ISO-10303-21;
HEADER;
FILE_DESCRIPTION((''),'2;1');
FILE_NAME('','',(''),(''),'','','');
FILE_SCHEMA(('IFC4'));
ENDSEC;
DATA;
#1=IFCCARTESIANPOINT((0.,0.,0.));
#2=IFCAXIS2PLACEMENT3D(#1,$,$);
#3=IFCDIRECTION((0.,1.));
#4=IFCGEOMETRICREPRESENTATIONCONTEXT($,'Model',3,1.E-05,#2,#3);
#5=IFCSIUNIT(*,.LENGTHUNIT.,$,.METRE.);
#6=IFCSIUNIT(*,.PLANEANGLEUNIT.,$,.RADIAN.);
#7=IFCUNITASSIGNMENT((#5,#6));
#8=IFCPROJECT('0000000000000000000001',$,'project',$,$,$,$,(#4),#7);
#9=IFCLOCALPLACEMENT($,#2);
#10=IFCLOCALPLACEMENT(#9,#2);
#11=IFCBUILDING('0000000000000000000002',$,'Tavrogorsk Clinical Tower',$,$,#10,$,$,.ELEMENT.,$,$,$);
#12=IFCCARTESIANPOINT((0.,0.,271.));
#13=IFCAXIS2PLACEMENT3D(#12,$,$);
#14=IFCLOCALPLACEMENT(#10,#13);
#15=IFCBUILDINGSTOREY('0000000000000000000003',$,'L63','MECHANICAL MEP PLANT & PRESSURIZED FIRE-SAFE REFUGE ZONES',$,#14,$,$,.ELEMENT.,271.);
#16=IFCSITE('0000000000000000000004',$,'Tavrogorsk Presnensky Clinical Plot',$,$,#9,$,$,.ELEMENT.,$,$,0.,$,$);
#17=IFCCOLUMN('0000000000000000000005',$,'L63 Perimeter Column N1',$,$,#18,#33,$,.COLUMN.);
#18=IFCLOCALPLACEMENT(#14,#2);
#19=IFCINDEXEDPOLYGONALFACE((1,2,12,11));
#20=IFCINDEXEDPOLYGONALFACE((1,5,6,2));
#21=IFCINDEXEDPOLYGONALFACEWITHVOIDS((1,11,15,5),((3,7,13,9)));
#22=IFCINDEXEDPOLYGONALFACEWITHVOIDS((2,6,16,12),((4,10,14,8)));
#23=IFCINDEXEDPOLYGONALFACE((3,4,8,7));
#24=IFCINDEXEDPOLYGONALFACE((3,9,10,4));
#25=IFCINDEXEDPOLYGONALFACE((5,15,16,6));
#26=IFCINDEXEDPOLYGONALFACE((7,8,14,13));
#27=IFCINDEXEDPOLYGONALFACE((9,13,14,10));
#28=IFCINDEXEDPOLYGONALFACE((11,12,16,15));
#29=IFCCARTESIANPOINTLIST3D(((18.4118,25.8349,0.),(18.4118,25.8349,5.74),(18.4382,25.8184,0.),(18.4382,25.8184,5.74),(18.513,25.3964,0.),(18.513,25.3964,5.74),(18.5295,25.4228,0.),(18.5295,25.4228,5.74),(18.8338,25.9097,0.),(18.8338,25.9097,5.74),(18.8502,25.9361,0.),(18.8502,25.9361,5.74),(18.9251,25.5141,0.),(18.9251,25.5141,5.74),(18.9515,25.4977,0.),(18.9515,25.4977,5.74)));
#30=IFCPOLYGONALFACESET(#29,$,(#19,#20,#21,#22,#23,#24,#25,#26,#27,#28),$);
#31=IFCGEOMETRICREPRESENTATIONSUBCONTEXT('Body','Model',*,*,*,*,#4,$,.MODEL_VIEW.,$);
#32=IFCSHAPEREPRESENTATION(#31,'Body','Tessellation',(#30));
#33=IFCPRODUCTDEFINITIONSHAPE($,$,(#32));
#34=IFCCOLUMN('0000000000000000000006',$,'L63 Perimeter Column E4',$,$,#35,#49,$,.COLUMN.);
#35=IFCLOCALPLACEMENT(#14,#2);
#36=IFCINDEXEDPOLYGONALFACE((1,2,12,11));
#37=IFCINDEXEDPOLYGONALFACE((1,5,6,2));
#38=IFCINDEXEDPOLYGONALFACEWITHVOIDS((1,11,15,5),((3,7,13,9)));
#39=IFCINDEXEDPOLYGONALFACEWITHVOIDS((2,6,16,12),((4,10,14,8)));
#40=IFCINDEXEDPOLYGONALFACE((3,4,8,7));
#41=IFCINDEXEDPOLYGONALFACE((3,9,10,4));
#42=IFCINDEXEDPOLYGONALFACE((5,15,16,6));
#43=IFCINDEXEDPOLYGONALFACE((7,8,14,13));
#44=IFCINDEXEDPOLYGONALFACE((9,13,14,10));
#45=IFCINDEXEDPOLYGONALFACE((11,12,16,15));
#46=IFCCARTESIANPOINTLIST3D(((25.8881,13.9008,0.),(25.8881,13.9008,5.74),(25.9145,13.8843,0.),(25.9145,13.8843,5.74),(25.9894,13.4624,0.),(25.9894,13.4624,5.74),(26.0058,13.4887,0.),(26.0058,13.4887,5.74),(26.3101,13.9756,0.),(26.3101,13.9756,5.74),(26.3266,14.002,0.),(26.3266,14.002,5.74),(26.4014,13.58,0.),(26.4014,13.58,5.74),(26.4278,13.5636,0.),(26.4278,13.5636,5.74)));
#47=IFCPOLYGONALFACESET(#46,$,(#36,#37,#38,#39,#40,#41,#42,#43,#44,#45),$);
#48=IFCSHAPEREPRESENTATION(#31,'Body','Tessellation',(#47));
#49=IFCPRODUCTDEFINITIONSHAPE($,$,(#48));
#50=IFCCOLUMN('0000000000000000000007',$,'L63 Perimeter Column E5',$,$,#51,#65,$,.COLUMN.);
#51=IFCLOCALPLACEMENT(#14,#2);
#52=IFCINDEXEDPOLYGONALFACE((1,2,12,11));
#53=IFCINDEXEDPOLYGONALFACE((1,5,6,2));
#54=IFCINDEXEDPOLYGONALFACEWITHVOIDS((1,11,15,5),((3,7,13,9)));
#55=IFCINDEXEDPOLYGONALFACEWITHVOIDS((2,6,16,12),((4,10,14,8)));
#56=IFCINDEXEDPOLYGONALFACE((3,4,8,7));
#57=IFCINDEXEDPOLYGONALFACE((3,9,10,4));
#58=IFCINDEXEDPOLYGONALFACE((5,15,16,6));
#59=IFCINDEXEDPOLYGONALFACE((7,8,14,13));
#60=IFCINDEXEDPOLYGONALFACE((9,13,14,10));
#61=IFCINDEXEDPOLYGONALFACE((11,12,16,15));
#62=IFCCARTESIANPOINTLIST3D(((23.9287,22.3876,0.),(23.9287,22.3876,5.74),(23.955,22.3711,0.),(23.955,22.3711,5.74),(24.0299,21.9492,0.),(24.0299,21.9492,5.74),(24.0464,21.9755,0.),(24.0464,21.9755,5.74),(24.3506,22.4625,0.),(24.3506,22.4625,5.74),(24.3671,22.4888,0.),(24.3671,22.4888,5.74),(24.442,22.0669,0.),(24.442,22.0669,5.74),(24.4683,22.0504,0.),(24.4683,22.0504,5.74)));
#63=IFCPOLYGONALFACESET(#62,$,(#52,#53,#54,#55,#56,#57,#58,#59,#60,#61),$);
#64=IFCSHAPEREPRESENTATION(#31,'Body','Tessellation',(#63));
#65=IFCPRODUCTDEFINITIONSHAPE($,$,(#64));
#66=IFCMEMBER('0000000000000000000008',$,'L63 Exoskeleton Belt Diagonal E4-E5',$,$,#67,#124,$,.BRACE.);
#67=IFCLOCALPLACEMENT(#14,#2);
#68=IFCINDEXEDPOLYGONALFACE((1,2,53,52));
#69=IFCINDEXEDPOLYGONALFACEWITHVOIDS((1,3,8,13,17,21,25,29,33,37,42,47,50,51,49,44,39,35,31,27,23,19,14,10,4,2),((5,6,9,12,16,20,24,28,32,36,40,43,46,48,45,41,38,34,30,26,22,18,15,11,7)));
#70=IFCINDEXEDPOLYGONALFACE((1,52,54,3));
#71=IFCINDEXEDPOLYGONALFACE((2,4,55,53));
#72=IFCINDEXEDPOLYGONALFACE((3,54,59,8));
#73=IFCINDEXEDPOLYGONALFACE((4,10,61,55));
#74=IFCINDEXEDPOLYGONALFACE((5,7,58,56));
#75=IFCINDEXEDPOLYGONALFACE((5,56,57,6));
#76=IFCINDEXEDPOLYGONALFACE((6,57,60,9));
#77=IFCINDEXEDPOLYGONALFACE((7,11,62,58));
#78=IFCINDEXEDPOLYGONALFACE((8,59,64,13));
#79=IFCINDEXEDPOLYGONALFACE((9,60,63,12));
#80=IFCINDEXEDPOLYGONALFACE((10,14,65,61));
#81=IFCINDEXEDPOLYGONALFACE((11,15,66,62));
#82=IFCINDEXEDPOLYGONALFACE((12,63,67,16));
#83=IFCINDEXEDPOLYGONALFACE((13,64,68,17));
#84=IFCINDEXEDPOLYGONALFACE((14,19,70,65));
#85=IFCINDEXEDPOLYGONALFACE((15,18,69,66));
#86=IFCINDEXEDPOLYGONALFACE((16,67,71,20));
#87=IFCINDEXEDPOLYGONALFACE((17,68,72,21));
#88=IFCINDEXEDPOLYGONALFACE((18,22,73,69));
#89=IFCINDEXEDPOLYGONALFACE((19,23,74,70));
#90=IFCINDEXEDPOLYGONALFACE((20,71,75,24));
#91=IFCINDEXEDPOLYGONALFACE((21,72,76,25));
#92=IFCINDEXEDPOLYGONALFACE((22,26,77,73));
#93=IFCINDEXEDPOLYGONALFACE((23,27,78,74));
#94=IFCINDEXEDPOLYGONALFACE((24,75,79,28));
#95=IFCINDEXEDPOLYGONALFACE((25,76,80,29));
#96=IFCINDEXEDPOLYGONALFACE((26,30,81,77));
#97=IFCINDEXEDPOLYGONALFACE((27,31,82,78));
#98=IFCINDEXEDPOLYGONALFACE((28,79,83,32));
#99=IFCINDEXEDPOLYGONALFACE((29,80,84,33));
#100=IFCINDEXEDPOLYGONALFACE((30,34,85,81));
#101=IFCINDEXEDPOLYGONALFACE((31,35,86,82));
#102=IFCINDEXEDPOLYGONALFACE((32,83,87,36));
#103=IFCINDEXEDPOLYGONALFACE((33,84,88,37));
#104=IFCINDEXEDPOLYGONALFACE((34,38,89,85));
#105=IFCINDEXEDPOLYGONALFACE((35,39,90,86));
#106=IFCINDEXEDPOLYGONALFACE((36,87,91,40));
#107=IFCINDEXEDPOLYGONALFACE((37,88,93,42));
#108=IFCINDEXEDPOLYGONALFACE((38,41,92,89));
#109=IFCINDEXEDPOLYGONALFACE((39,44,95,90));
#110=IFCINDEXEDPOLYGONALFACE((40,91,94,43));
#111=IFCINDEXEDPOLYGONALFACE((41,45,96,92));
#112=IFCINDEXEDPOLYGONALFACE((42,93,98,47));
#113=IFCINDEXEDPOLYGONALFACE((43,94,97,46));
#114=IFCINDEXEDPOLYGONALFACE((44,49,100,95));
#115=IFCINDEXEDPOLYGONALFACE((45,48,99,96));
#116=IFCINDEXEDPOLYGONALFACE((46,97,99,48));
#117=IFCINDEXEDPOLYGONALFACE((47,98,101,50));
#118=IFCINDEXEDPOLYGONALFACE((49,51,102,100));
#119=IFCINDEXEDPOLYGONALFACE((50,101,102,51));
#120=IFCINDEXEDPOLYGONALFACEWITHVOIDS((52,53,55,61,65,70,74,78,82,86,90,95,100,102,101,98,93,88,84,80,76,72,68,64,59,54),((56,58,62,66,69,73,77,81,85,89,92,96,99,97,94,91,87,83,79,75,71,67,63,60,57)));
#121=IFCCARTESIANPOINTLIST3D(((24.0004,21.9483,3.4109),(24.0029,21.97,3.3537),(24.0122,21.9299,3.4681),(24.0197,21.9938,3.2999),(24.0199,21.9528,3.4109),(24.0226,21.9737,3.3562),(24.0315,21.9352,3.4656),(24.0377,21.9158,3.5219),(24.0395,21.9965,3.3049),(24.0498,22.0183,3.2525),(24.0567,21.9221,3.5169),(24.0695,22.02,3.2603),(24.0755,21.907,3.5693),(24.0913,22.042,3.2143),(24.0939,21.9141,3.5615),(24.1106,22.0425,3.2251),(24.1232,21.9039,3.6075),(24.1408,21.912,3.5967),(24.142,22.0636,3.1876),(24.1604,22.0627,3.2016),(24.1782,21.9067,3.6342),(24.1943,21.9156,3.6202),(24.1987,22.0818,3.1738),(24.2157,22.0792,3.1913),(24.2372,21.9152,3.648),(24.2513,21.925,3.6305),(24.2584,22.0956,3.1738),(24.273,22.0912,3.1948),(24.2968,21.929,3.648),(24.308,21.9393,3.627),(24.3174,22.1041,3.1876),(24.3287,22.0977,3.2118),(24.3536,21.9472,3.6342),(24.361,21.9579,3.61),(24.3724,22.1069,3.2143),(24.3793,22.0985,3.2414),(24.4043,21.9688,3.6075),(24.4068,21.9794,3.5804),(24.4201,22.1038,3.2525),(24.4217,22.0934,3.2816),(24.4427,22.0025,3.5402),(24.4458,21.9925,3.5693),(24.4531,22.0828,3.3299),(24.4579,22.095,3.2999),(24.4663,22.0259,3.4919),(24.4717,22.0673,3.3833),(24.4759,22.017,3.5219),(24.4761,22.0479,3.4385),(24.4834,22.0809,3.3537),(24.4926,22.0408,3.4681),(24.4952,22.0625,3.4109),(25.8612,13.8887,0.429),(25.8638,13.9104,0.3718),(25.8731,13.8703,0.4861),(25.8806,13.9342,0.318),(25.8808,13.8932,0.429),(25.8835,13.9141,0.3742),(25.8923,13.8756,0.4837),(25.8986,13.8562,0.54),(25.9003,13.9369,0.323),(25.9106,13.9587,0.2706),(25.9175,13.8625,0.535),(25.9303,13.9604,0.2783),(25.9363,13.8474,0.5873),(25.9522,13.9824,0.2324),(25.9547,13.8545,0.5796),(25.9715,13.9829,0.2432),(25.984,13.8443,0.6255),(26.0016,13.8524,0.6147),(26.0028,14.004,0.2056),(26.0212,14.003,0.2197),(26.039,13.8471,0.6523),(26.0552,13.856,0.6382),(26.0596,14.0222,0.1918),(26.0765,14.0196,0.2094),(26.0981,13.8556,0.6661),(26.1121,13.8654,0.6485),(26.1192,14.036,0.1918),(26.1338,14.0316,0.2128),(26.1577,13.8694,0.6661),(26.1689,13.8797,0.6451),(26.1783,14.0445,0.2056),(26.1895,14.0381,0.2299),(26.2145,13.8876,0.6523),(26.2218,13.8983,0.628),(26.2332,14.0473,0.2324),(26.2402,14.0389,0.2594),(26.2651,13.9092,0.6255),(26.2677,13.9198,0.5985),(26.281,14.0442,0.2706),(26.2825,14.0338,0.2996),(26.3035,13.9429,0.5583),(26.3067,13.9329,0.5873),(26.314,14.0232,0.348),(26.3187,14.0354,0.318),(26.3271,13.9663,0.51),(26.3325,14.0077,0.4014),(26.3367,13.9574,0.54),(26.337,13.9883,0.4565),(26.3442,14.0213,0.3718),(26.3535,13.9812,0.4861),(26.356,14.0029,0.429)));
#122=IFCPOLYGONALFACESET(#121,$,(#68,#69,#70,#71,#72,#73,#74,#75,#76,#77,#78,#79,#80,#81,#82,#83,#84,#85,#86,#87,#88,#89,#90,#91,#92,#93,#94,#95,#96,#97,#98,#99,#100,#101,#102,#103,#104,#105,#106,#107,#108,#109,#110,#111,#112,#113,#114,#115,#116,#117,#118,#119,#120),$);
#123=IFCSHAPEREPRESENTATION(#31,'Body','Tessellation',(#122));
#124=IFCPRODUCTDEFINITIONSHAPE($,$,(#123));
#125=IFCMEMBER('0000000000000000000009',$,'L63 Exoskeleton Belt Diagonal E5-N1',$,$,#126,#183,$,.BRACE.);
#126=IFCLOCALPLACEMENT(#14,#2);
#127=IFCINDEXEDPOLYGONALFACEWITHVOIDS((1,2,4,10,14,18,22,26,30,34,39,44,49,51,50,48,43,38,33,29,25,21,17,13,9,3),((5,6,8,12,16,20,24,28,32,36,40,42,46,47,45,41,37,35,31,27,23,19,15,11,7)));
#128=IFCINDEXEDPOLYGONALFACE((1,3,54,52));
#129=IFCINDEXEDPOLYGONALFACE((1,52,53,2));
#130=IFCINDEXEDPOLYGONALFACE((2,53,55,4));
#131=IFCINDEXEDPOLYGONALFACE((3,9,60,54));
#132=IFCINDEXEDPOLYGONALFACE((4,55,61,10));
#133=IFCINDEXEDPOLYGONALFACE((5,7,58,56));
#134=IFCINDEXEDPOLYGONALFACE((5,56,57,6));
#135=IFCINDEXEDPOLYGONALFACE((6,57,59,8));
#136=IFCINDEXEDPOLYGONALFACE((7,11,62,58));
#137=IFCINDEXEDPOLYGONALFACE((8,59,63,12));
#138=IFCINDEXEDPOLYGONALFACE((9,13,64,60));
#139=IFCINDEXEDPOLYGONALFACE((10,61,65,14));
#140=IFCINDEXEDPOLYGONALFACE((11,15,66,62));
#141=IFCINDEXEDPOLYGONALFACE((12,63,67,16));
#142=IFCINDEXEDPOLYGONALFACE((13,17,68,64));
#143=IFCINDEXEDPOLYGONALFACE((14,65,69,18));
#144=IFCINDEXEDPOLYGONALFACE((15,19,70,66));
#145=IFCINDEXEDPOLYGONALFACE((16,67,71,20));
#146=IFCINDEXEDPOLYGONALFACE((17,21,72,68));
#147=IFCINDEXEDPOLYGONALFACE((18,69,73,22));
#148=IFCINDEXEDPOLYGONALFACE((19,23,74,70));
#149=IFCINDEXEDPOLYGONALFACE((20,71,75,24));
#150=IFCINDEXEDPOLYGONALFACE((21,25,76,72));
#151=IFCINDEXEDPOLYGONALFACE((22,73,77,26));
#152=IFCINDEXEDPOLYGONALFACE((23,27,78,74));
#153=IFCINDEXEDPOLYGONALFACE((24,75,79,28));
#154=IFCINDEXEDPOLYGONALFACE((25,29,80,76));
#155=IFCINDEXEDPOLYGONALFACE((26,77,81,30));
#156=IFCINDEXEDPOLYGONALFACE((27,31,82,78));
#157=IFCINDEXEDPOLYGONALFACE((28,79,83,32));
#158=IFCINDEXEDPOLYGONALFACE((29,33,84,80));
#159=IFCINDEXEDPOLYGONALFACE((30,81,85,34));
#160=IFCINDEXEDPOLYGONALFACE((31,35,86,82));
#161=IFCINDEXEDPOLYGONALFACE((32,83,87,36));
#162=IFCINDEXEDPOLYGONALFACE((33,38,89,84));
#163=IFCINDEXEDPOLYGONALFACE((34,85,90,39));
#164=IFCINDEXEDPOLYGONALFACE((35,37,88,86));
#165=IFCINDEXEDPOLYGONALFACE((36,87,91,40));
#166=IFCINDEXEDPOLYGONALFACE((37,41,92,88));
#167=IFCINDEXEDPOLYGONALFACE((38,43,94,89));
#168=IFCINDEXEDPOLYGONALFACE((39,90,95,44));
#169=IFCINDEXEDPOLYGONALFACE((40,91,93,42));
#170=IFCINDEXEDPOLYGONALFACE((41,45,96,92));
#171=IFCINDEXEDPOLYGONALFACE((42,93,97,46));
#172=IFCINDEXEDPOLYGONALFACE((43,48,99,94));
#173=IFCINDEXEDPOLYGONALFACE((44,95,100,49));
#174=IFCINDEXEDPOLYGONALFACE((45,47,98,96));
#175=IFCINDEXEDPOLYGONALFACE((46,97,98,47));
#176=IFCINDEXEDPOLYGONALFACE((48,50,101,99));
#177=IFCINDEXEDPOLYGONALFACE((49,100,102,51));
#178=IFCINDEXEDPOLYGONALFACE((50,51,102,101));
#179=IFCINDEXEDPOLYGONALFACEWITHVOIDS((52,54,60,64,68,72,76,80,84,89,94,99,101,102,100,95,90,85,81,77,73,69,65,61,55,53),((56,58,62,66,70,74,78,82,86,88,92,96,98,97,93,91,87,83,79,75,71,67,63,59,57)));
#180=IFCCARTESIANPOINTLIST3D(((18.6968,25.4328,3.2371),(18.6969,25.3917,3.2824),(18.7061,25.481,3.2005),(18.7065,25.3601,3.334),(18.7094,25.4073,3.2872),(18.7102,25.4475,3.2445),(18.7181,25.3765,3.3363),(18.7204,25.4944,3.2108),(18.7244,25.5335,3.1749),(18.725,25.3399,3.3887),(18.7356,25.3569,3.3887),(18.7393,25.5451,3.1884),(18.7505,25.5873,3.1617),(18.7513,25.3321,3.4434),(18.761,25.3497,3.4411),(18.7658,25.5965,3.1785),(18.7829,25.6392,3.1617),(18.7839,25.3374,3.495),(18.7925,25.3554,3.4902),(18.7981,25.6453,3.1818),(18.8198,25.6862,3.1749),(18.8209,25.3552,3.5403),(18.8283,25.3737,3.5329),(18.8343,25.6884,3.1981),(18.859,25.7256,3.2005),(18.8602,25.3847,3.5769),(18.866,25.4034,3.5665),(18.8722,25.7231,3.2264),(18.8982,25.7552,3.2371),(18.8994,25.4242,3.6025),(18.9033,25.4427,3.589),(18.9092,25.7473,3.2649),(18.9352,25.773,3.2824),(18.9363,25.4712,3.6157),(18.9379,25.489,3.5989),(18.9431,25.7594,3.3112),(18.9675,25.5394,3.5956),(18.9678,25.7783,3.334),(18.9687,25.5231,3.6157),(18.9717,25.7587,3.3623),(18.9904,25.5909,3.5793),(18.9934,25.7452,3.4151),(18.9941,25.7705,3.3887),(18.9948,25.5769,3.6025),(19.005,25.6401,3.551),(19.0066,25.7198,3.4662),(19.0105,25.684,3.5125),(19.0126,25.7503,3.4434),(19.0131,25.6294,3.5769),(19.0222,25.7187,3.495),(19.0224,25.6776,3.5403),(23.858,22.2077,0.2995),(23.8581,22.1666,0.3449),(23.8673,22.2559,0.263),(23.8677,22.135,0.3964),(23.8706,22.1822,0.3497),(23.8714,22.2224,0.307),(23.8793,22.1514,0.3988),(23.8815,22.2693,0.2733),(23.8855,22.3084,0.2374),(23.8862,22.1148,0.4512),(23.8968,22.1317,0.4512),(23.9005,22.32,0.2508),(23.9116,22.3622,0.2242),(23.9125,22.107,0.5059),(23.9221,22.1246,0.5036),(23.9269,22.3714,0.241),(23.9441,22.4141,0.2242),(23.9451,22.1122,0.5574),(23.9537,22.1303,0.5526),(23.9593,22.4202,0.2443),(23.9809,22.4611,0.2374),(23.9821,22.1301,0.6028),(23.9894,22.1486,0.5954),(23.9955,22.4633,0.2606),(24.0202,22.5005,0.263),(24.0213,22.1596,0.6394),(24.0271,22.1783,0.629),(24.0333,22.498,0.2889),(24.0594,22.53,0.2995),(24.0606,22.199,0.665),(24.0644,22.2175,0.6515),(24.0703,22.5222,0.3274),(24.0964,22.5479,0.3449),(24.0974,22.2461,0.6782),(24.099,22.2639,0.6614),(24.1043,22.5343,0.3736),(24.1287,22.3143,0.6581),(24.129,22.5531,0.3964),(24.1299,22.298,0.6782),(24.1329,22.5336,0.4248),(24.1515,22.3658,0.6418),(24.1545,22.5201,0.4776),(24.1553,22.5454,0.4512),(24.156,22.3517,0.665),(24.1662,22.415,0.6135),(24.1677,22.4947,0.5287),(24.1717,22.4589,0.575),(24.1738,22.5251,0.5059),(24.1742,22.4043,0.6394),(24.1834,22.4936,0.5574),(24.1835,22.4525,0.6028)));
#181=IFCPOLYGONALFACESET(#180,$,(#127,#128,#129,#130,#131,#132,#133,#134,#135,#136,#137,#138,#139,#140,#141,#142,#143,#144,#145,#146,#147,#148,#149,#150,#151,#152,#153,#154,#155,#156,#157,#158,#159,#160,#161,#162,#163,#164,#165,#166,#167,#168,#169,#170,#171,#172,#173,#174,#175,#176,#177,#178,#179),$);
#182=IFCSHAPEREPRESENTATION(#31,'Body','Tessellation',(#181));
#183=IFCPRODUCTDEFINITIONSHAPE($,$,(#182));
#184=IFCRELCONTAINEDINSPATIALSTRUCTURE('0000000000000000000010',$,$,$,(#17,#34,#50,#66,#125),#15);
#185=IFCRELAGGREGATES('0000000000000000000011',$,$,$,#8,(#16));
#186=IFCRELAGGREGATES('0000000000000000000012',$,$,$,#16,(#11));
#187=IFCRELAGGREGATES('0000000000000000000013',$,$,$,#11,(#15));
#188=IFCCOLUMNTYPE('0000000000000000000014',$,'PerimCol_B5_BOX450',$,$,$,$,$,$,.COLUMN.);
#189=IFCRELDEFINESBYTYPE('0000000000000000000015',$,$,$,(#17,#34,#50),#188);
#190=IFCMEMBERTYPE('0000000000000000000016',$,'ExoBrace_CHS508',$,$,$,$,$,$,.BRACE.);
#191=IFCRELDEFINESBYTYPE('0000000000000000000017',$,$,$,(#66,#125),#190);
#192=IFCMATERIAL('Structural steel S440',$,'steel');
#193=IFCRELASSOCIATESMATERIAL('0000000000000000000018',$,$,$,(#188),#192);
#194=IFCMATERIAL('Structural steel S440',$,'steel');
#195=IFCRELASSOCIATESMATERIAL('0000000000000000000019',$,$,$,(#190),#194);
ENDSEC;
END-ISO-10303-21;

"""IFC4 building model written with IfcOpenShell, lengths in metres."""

from ifc_helpers import new_model, si_unit, direction, frame, origin, origin_2d, place, context, subcontext, project, spatial, hollow_rectangle, hollow_circle, extrude, material, material_profile, profile_set, type_object, element, save


model = new_model("IFC4")

# Units and contexts
model_context = context("Model", 3, precision=1e-05, world=origin(), true_north=direction((0.0, 1.0)))
body_context = subcontext(model_context, "Body", "Model", "MODEL_VIEW")
ifc_project = project(units=[si_unit("LENGTHUNIT", "METRE"), si_unit("PLANEANGLEUNIT", "RADIAN")], contexts=[model_context])

# Site, building, storey
site_placement = place(None, origin())
site = spatial("IfcSite", under=ifc_project, at=site_placement, Name="Tavrogorsk Presnensky Clinical Plot", CompositionType="ELEMENT", RefElevation=0.0)
building_placement = place(site_placement, origin())
building = spatial("IfcBuilding", under=site, at=building_placement, Name="Tavrogorsk Clinical Tower", CompositionType="ELEMENT")
storey_placement = place(building_placement, frame((0.0, 0.0, 271.0)))
storey = spatial("IfcBuildingStorey", under=building, at=storey_placement, Name="L63", Description="MECHANICAL MEP PLANT & PRESSURIZED FIRE-SAFE REFUGE ZONES", CompositionType="ELEMENT", Elevation=271.0)

# Columns
ifc_material_1 = material(Name="Structural steel S440", Category="steel")
ifc_material_profile_1 = material_profile(ifc_material_1, hollow_rectangle(XDim=0.45, YDim=0.45, WallThickness=0.022, at=origin_2d()), Name="BOX-450x450x22")
ifc_profile_set_1 = profile_set([ifc_material_profile_1], Name="Structural steel S440")
column_type = type_object("IfcColumnType", Name="PerimCol_B5_BOX450", PredefinedType="COLUMN", material=ifc_profile_set_1)
for number, where, z_axis, x_axis, name in (
    (1, (18.6816, 25.6663, 0.0), (0.0, 0.0, 1.0), (0.97437, 0.224951, 0.0), "L63 Perimeter Column N1"),
    (2, (26.158, 13.7322, 0.0), (0.0, 0.0, 1.0), (0.97437, 0.224951, 0.0), "L63 Perimeter Column E4"),
    (3, (24.1985, 22.219, 0.0), (0.0, 0.0, 1.0), (0.97437, 0.224951, 0.0), "L63 Perimeter Column E5"),
):
    element("IfcColumn", number, at=place(storey_placement, frame(where, z_axis=z_axis, x_axis=x_axis)), inside=storey, type_object=column_type, Name=name, PredefinedType="COLUMN", context=body_context, shape_type="SweptSolid", body=[
        extrude(hollow_rectangle(XDim=0.45, YDim=0.45, WallThickness=0.022, at=origin_2d()), origin(), (0.0, 0.0, 1.0), 5.74),
    ])

# Members
ifc_material_2 = material(Name="Structural steel S440", Category="steel")
ifc_material_profile_2 = material_profile(ifc_material_2, hollow_circle(Radius=0.2539, WallThickness=0.02, at=origin_2d()), Name="CHS-508x20")
ifc_profile_set_2 = profile_set([ifc_material_profile_2], Name="Structural steel S440")
member_type_1 = type_object("IfcMemberType", Name="ExoBrace_CHS508", PredefinedType="BRACE", material=ifc_profile_set_2)
member_1_placement = place(storey_placement, frame((26.1086, 13.9458, 0.429), z_axis=(-0.211635, 0.916622, 0.339138), x_axis=(-0.974366, -0.224967, 0.0)))
element("IfcMember", 4, at=member_1_placement, inside=storey, type_object=member_type_1, Name="L63 Exoskeleton Belt Diagonal E4-E5", PredefinedType="BRACE", context=body_context, shape_type="SweptSolid", body=[
    extrude(hollow_circle(Radius=0.2539, WallThickness=0.02, at=origin_2d()), origin(), (0.0, 0.0, 1.0), 8.7927),
])
member_2_placement = place(storey_placement, frame((24.0208, 22.3301, 0.4512), z_axis=(-0.763733, 0.477243, 0.434685), x_axis=(-0.529927, -0.848043, 0.0)))
element("IfcMember", 5, at=member_2_placement, inside=storey, type_object=member_type_1, Name="L63 Exoskeleton Belt Diagonal E5-N1", PredefinedType="BRACE", context=body_context, shape_type="SweptSolid", body=[
    extrude(hollow_circle(Radius=0.2539, WallThickness=0.02, at=origin_2d()), origin(), (0.0, 0.0, 1.0), 6.7578),
])

save(model, "model.ifc")
